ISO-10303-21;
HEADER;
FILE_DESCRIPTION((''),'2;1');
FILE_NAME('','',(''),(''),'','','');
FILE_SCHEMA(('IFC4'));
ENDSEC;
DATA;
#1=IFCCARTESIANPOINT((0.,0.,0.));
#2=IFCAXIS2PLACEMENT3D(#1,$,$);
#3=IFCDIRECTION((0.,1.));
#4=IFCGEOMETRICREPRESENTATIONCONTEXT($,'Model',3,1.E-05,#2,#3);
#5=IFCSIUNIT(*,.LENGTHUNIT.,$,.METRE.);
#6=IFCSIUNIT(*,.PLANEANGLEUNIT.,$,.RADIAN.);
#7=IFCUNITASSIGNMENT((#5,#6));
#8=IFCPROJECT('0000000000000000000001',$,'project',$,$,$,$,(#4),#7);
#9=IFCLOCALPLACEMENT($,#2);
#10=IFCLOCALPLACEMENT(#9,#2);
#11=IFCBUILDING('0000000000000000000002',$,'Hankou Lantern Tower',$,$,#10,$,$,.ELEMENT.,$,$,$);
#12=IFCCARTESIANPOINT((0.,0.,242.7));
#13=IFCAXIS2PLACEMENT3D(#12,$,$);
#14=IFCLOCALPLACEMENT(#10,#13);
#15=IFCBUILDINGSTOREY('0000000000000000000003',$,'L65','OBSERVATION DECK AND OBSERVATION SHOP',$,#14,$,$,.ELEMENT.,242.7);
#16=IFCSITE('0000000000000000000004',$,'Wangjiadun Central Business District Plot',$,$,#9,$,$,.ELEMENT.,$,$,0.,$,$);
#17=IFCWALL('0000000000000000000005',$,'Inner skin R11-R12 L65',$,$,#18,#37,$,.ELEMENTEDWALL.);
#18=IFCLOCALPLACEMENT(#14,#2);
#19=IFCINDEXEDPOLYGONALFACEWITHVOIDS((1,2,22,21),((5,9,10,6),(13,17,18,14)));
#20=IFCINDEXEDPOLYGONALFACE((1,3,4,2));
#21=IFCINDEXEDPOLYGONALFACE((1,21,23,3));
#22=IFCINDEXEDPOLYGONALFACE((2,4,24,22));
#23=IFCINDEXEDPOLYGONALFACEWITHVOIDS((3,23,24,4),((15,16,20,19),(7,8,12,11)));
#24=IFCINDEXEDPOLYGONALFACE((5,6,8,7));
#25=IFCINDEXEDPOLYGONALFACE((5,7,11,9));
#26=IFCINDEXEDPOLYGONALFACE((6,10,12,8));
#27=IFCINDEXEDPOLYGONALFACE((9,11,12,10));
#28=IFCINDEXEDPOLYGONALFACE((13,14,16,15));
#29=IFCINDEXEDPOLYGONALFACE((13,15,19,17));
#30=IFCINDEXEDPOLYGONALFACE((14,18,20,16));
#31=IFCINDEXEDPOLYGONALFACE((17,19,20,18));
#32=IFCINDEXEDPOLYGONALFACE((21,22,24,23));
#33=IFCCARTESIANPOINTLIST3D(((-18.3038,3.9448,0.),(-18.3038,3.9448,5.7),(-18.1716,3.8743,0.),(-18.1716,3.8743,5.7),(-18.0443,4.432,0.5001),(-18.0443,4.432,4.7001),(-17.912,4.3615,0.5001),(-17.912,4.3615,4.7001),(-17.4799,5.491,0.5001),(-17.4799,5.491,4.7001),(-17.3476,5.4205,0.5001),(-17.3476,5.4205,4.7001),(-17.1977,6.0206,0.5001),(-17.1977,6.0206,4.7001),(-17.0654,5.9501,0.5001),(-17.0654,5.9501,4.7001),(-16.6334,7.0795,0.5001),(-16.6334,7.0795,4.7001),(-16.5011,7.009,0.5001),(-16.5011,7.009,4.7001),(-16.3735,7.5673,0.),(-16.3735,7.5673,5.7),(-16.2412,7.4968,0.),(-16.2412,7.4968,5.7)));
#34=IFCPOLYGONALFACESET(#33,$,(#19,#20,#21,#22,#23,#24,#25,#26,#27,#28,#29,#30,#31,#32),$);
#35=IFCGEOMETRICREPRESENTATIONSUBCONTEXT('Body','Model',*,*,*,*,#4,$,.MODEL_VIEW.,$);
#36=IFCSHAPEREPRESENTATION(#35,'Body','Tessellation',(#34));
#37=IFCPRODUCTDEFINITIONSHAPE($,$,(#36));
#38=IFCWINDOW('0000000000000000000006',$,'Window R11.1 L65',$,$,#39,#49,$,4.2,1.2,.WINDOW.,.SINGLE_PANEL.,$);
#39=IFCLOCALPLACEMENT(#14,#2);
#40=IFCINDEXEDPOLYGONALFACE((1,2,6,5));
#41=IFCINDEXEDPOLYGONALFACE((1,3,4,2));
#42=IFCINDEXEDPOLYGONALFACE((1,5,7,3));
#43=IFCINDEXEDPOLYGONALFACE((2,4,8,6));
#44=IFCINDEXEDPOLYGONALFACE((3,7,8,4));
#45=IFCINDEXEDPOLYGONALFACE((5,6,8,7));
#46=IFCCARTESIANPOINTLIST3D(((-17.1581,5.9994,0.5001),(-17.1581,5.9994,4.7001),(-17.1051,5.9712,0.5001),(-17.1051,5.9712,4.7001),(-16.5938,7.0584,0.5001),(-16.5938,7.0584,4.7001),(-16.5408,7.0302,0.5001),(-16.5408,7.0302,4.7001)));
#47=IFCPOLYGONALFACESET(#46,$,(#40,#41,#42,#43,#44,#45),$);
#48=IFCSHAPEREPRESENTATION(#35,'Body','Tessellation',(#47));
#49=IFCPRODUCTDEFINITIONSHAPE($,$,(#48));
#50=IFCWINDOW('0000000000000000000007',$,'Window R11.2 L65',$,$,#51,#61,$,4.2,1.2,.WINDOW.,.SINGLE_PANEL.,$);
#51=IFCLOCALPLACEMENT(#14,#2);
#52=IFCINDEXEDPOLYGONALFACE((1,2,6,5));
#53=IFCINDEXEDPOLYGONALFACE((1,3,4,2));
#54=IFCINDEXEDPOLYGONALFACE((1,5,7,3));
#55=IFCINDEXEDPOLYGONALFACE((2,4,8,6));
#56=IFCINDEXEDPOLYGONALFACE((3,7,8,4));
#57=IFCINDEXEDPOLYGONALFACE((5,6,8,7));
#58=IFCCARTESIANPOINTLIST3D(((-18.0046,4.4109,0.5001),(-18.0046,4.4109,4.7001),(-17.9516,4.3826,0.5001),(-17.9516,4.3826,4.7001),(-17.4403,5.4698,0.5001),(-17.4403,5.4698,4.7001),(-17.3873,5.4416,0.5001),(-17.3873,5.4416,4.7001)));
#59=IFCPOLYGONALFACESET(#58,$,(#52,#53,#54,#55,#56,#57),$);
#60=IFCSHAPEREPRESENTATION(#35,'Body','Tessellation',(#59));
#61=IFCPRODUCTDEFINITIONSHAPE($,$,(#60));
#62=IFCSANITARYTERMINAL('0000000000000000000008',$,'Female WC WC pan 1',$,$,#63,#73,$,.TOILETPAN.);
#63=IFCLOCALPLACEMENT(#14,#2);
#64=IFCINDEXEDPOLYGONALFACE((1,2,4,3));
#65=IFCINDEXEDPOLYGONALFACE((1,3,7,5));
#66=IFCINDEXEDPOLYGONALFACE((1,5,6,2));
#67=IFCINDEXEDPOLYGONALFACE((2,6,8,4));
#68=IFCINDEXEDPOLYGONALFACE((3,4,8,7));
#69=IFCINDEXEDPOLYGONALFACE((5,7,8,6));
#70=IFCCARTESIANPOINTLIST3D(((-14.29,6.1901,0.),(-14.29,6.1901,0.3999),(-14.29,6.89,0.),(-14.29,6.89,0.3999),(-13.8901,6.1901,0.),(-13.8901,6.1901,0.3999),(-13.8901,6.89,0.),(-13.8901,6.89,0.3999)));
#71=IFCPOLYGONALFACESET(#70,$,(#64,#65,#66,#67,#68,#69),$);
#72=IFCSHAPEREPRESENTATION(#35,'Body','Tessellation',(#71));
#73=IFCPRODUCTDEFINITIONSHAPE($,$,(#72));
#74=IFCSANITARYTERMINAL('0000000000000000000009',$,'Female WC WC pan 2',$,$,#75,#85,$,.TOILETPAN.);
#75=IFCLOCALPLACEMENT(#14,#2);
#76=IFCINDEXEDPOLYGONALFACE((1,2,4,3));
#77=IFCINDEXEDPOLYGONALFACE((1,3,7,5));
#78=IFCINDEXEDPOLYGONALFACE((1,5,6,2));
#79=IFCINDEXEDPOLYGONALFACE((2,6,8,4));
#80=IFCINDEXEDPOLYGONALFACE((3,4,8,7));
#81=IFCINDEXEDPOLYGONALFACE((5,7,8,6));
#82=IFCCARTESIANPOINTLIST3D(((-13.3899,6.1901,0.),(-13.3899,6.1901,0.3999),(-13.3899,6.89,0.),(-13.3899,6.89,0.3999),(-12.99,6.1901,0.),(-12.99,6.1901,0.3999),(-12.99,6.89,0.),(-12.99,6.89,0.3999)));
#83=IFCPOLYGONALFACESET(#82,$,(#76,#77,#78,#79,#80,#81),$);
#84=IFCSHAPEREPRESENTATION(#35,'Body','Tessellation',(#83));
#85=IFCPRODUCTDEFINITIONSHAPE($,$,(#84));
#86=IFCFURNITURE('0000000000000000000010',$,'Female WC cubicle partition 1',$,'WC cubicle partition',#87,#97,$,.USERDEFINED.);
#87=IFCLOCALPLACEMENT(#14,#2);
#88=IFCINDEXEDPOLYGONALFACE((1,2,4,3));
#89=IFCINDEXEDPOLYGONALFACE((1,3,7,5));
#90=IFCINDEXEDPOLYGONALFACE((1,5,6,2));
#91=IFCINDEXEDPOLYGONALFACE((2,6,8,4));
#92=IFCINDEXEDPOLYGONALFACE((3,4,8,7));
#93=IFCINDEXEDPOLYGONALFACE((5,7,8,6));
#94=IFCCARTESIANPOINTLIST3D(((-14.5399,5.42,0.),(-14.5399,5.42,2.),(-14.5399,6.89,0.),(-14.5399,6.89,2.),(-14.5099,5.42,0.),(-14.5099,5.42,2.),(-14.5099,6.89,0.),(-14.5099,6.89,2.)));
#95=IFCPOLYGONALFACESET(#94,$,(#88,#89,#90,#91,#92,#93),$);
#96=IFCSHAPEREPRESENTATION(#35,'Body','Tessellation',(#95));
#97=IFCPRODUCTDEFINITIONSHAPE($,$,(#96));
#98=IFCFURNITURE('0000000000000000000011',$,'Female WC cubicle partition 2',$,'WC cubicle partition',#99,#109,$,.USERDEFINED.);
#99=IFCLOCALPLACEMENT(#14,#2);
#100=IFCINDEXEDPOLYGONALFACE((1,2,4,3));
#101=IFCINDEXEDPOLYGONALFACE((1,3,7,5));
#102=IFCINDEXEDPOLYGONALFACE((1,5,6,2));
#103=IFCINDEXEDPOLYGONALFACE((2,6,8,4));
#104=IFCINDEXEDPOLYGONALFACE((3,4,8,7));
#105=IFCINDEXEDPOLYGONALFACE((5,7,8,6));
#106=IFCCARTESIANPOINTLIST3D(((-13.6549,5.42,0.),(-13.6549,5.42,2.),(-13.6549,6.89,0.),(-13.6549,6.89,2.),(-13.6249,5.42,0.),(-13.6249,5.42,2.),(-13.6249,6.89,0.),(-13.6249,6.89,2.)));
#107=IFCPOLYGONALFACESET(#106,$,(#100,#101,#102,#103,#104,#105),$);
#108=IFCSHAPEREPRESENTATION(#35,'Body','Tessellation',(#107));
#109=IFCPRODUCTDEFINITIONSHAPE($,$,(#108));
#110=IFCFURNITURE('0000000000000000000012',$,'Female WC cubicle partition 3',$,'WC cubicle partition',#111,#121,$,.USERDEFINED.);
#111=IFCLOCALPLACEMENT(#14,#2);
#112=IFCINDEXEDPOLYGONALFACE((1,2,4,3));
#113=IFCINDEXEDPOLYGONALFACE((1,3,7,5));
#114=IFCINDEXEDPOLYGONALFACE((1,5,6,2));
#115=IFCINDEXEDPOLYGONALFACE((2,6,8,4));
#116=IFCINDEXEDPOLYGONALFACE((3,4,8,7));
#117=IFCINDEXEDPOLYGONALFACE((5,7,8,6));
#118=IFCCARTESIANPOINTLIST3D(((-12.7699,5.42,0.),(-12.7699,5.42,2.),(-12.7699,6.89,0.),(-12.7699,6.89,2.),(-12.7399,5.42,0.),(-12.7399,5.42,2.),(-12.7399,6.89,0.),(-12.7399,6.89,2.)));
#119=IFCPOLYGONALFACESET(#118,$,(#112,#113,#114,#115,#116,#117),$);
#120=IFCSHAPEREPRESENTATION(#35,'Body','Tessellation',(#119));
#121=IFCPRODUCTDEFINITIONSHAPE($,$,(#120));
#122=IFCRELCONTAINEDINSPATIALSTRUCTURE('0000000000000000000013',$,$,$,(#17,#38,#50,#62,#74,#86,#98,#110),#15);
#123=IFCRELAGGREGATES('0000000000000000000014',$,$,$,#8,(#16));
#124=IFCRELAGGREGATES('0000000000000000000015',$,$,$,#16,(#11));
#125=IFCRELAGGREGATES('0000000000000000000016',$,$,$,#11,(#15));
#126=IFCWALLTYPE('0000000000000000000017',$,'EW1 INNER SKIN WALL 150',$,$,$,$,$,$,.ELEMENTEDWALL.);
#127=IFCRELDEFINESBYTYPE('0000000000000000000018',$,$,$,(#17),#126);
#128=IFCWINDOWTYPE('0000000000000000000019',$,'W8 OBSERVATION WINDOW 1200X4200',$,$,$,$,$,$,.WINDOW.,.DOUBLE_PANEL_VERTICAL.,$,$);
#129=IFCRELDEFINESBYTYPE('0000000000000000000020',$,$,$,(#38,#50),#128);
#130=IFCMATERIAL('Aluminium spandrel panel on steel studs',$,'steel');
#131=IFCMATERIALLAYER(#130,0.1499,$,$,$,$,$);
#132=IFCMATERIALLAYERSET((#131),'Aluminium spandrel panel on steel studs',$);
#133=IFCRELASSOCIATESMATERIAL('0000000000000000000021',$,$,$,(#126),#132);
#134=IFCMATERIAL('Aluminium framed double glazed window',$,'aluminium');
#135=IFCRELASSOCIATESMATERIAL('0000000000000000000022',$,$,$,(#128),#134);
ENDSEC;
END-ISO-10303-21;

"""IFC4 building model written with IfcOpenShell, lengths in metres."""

from ifc_helpers import new_model, si_unit, direction, frame, frame_2d, origin, origin_2d, place, context, subcontext, project, spatial, rectangle, extrude, material, layer, layer_set, type_object, element, fill, save


model = new_model("IFC4")

# Units and contexts
model_context = context("Model", 3, precision=1e-05, world=origin(), true_north=direction((0.0, 1.0)))
body_context = subcontext(model_context, "Body", "Model", "MODEL_VIEW")
ifc_project = project(units=[si_unit("LENGTHUNIT", "METRE"), si_unit("PLANEANGLEUNIT", "RADIAN")], contexts=[model_context])

# Site, building, storey
site_placement = place(None, origin())
site = spatial("IfcSite", under=ifc_project, at=site_placement, Name="Wangjiadun Central Business District Plot", CompositionType="ELEMENT", RefElevation=0.0)
building_placement = place(site_placement, origin())
building = spatial("IfcBuilding", under=site, at=building_placement, Name="Hankou Lantern Tower", CompositionType="ELEMENT")
storey_placement = place(building_placement, frame((0.0, 0.0, 242.7)))
storey = spatial("IfcBuildingStorey", under=building, at=storey_placement, Name="L65", Description="OBSERVATION DECK AND OBSERVATION SHOP", CompositionType="ELEMENT", Elevation=242.7)

# Wall, openings, windows
ifc_material_1 = material(Name="Aluminium spandrel panel on steel studs", Category="steel")
ifc_layer_1 = layer(ifc_material_1, 0.1499)
ifc_layer_set_1 = layer_set([ifc_layer_1], Name="Aluminium spandrel panel on steel studs")
wall_type = type_object("IfcWallType", Name="EW1 INNER SKIN WALL 150", PredefinedType="ELEMENTEDWALL", material=ifc_layer_set_1)
ifc_material_2 = material(Name="Aluminium framed double glazed window", Category="aluminium")
window_type = type_object("IfcWindowType", Name="W8 OBSERVATION WINDOW 1200X4200", PartitioningType="DOUBLE_PANEL_VERTICAL", PredefinedType="WINDOW", material=ifc_material_2)
wall_1_placement = place(storey_placement, frame((-16.3074, 7.532, 0.0), z_axis=(0.0, 0.0, 1.0), x_axis=(-0.470283, -0.882516, 0.0)))
wall_1 = element("IfcWall", 1, at=wall_1_placement, inside=storey, type_object=wall_type, Name="Inner skin R11-R12 L65", PredefinedType="ELEMENTEDWALL", context=body_context, shape_type="SweptSolid", body=[
    extrude(rectangle(XDim=4.1047, YDim=0.1499, at=frame_2d((2.0522, 0.0))), origin(), (0.0, 0.0, 1.0), 5.7),
])
opening_1_placement = place(wall_1_placement, frame((0.5525, 0.0, 0.5)))
opening_1 = element("IfcOpeningElement", 2, at=opening_1_placement, cuts=wall_1, PredefinedType="OPENING", context=body_context, shape_type="SweptSolid", body=[
    extrude(rectangle(XDim=1.2, YDim=4.2, at=frame_2d((0.6001, 2.1001))), frame((0.0, 0.085, 0.0), z_axis=(0.0, -1.0, 0.0), x_axis=(1.0, 0.0, 0.0)), (0.0, 0.0, 1.0), 0.1699),
])
opening_2_placement = place(wall_1_placement, frame((2.3525, 0.0, 0.5)))
opening_2 = element("IfcOpeningElement", 3, at=opening_2_placement, cuts=wall_1, PredefinedType="OPENING", context=body_context, shape_type="SweptSolid", body=[
    extrude(rectangle(XDim=1.2, YDim=4.2, at=frame_2d((0.6001, 2.1001))), frame((0.0, 0.085, 0.0), z_axis=(0.0, -1.0, 0.0), x_axis=(1.0, 0.0, 0.0)), (0.0, 0.0, 1.0), 0.1699),
])
window_1_placement = place(opening_1_placement, origin())
window_1 = element("IfcWindow", 4, at=window_1_placement, inside=storey, type_object=window_type, Name="Window R11.1 L65", OverallHeight=4.2, OverallWidth=1.2, PartitioningType="SINGLE_PANEL", PredefinedType="WINDOW", context=body_context, shape_type="SweptSolid", body=[
    extrude(rectangle(XDim=1.2, YDim=4.2, at=frame_2d((0.6001, 2.1001))), frame((0.0, 0.03, 0.0), z_axis=(0.0, -1.0, 0.0), x_axis=(1.0, 0.0, 0.0)), (0.0, 0.0, 1.0), 0.0601),
])
fill(opening_1, window_1)
window_2_placement = place(opening_2_placement, origin())
window_2 = element("IfcWindow", 5, at=window_2_placement, inside=storey, type_object=window_type, Name="Window R11.2 L65", OverallHeight=4.2, OverallWidth=1.2, PartitioningType="SINGLE_PANEL", PredefinedType="WINDOW", context=body_context, shape_type="SweptSolid", body=[
    extrude(rectangle(XDim=1.2, YDim=4.2, at=frame_2d((0.6001, 2.1001))), frame((0.0, 0.03, 0.0), z_axis=(0.0, -1.0, 0.0), x_axis=(1.0, 0.0, 0.0)), (0.0, 0.0, 1.0), 0.0601),
])
fill(opening_2, window_2)

# Sanitary terminals
for number, where, z_axis, x_axis, name in (
    (6, (-14.0901, 6.54, 0.0), (0.0, 0.0, 1.0), (1.0, 0.0, 0.0), "Female WC WC pan 1"),
    (7, (-13.1899, 6.54, 0.0), (0.0, 0.0, 1.0), (1.0, 0.0, 0.0), "Female WC WC pan 2"),
):
    element("IfcSanitaryTerminal", number, at=place(storey_placement, frame(where, z_axis=z_axis, x_axis=x_axis)), inside=storey, Name=name, PredefinedType="TOILETPAN", context=body_context, shape_type="SweptSolid", body=[
        extrude(rectangle(XDim=0.3999, YDim=0.7, at=origin_2d()), origin(), (0.0, 0.0, 1.0), 0.3999),
    ])

# Furniture
for number, where, z_axis, x_axis, name in (
    (8, (-14.5249, 6.155, 0.0), (0.0, 0.0, 1.0), (1.0, 0.0, 0.0), "Female WC cubicle partition 1"),
    (9, (-13.6399, 6.155, 0.0), (0.0, 0.0, 1.0), (1.0, 0.0, 0.0), "Female WC cubicle partition 2"),
    (10, (-12.7549, 6.155, 0.0), (0.0, 0.0, 1.0), (1.0, 0.0, 0.0), "Female WC cubicle partition 3"),
):
    element("IfcFurniture", number, at=place(storey_placement, frame(where, z_axis=z_axis, x_axis=x_axis)), inside=storey, Name=name, ObjectType="WC cubicle partition", PredefinedType="USERDEFINED", context=body_context, shape_type="SweptSolid", body=[
        extrude(rectangle(XDim=0.03, YDim=1.47, at=origin_2d()), origin(), (0.0, 0.0, 1.0), 2.0),
    ])

save(model, "model.ifc")
